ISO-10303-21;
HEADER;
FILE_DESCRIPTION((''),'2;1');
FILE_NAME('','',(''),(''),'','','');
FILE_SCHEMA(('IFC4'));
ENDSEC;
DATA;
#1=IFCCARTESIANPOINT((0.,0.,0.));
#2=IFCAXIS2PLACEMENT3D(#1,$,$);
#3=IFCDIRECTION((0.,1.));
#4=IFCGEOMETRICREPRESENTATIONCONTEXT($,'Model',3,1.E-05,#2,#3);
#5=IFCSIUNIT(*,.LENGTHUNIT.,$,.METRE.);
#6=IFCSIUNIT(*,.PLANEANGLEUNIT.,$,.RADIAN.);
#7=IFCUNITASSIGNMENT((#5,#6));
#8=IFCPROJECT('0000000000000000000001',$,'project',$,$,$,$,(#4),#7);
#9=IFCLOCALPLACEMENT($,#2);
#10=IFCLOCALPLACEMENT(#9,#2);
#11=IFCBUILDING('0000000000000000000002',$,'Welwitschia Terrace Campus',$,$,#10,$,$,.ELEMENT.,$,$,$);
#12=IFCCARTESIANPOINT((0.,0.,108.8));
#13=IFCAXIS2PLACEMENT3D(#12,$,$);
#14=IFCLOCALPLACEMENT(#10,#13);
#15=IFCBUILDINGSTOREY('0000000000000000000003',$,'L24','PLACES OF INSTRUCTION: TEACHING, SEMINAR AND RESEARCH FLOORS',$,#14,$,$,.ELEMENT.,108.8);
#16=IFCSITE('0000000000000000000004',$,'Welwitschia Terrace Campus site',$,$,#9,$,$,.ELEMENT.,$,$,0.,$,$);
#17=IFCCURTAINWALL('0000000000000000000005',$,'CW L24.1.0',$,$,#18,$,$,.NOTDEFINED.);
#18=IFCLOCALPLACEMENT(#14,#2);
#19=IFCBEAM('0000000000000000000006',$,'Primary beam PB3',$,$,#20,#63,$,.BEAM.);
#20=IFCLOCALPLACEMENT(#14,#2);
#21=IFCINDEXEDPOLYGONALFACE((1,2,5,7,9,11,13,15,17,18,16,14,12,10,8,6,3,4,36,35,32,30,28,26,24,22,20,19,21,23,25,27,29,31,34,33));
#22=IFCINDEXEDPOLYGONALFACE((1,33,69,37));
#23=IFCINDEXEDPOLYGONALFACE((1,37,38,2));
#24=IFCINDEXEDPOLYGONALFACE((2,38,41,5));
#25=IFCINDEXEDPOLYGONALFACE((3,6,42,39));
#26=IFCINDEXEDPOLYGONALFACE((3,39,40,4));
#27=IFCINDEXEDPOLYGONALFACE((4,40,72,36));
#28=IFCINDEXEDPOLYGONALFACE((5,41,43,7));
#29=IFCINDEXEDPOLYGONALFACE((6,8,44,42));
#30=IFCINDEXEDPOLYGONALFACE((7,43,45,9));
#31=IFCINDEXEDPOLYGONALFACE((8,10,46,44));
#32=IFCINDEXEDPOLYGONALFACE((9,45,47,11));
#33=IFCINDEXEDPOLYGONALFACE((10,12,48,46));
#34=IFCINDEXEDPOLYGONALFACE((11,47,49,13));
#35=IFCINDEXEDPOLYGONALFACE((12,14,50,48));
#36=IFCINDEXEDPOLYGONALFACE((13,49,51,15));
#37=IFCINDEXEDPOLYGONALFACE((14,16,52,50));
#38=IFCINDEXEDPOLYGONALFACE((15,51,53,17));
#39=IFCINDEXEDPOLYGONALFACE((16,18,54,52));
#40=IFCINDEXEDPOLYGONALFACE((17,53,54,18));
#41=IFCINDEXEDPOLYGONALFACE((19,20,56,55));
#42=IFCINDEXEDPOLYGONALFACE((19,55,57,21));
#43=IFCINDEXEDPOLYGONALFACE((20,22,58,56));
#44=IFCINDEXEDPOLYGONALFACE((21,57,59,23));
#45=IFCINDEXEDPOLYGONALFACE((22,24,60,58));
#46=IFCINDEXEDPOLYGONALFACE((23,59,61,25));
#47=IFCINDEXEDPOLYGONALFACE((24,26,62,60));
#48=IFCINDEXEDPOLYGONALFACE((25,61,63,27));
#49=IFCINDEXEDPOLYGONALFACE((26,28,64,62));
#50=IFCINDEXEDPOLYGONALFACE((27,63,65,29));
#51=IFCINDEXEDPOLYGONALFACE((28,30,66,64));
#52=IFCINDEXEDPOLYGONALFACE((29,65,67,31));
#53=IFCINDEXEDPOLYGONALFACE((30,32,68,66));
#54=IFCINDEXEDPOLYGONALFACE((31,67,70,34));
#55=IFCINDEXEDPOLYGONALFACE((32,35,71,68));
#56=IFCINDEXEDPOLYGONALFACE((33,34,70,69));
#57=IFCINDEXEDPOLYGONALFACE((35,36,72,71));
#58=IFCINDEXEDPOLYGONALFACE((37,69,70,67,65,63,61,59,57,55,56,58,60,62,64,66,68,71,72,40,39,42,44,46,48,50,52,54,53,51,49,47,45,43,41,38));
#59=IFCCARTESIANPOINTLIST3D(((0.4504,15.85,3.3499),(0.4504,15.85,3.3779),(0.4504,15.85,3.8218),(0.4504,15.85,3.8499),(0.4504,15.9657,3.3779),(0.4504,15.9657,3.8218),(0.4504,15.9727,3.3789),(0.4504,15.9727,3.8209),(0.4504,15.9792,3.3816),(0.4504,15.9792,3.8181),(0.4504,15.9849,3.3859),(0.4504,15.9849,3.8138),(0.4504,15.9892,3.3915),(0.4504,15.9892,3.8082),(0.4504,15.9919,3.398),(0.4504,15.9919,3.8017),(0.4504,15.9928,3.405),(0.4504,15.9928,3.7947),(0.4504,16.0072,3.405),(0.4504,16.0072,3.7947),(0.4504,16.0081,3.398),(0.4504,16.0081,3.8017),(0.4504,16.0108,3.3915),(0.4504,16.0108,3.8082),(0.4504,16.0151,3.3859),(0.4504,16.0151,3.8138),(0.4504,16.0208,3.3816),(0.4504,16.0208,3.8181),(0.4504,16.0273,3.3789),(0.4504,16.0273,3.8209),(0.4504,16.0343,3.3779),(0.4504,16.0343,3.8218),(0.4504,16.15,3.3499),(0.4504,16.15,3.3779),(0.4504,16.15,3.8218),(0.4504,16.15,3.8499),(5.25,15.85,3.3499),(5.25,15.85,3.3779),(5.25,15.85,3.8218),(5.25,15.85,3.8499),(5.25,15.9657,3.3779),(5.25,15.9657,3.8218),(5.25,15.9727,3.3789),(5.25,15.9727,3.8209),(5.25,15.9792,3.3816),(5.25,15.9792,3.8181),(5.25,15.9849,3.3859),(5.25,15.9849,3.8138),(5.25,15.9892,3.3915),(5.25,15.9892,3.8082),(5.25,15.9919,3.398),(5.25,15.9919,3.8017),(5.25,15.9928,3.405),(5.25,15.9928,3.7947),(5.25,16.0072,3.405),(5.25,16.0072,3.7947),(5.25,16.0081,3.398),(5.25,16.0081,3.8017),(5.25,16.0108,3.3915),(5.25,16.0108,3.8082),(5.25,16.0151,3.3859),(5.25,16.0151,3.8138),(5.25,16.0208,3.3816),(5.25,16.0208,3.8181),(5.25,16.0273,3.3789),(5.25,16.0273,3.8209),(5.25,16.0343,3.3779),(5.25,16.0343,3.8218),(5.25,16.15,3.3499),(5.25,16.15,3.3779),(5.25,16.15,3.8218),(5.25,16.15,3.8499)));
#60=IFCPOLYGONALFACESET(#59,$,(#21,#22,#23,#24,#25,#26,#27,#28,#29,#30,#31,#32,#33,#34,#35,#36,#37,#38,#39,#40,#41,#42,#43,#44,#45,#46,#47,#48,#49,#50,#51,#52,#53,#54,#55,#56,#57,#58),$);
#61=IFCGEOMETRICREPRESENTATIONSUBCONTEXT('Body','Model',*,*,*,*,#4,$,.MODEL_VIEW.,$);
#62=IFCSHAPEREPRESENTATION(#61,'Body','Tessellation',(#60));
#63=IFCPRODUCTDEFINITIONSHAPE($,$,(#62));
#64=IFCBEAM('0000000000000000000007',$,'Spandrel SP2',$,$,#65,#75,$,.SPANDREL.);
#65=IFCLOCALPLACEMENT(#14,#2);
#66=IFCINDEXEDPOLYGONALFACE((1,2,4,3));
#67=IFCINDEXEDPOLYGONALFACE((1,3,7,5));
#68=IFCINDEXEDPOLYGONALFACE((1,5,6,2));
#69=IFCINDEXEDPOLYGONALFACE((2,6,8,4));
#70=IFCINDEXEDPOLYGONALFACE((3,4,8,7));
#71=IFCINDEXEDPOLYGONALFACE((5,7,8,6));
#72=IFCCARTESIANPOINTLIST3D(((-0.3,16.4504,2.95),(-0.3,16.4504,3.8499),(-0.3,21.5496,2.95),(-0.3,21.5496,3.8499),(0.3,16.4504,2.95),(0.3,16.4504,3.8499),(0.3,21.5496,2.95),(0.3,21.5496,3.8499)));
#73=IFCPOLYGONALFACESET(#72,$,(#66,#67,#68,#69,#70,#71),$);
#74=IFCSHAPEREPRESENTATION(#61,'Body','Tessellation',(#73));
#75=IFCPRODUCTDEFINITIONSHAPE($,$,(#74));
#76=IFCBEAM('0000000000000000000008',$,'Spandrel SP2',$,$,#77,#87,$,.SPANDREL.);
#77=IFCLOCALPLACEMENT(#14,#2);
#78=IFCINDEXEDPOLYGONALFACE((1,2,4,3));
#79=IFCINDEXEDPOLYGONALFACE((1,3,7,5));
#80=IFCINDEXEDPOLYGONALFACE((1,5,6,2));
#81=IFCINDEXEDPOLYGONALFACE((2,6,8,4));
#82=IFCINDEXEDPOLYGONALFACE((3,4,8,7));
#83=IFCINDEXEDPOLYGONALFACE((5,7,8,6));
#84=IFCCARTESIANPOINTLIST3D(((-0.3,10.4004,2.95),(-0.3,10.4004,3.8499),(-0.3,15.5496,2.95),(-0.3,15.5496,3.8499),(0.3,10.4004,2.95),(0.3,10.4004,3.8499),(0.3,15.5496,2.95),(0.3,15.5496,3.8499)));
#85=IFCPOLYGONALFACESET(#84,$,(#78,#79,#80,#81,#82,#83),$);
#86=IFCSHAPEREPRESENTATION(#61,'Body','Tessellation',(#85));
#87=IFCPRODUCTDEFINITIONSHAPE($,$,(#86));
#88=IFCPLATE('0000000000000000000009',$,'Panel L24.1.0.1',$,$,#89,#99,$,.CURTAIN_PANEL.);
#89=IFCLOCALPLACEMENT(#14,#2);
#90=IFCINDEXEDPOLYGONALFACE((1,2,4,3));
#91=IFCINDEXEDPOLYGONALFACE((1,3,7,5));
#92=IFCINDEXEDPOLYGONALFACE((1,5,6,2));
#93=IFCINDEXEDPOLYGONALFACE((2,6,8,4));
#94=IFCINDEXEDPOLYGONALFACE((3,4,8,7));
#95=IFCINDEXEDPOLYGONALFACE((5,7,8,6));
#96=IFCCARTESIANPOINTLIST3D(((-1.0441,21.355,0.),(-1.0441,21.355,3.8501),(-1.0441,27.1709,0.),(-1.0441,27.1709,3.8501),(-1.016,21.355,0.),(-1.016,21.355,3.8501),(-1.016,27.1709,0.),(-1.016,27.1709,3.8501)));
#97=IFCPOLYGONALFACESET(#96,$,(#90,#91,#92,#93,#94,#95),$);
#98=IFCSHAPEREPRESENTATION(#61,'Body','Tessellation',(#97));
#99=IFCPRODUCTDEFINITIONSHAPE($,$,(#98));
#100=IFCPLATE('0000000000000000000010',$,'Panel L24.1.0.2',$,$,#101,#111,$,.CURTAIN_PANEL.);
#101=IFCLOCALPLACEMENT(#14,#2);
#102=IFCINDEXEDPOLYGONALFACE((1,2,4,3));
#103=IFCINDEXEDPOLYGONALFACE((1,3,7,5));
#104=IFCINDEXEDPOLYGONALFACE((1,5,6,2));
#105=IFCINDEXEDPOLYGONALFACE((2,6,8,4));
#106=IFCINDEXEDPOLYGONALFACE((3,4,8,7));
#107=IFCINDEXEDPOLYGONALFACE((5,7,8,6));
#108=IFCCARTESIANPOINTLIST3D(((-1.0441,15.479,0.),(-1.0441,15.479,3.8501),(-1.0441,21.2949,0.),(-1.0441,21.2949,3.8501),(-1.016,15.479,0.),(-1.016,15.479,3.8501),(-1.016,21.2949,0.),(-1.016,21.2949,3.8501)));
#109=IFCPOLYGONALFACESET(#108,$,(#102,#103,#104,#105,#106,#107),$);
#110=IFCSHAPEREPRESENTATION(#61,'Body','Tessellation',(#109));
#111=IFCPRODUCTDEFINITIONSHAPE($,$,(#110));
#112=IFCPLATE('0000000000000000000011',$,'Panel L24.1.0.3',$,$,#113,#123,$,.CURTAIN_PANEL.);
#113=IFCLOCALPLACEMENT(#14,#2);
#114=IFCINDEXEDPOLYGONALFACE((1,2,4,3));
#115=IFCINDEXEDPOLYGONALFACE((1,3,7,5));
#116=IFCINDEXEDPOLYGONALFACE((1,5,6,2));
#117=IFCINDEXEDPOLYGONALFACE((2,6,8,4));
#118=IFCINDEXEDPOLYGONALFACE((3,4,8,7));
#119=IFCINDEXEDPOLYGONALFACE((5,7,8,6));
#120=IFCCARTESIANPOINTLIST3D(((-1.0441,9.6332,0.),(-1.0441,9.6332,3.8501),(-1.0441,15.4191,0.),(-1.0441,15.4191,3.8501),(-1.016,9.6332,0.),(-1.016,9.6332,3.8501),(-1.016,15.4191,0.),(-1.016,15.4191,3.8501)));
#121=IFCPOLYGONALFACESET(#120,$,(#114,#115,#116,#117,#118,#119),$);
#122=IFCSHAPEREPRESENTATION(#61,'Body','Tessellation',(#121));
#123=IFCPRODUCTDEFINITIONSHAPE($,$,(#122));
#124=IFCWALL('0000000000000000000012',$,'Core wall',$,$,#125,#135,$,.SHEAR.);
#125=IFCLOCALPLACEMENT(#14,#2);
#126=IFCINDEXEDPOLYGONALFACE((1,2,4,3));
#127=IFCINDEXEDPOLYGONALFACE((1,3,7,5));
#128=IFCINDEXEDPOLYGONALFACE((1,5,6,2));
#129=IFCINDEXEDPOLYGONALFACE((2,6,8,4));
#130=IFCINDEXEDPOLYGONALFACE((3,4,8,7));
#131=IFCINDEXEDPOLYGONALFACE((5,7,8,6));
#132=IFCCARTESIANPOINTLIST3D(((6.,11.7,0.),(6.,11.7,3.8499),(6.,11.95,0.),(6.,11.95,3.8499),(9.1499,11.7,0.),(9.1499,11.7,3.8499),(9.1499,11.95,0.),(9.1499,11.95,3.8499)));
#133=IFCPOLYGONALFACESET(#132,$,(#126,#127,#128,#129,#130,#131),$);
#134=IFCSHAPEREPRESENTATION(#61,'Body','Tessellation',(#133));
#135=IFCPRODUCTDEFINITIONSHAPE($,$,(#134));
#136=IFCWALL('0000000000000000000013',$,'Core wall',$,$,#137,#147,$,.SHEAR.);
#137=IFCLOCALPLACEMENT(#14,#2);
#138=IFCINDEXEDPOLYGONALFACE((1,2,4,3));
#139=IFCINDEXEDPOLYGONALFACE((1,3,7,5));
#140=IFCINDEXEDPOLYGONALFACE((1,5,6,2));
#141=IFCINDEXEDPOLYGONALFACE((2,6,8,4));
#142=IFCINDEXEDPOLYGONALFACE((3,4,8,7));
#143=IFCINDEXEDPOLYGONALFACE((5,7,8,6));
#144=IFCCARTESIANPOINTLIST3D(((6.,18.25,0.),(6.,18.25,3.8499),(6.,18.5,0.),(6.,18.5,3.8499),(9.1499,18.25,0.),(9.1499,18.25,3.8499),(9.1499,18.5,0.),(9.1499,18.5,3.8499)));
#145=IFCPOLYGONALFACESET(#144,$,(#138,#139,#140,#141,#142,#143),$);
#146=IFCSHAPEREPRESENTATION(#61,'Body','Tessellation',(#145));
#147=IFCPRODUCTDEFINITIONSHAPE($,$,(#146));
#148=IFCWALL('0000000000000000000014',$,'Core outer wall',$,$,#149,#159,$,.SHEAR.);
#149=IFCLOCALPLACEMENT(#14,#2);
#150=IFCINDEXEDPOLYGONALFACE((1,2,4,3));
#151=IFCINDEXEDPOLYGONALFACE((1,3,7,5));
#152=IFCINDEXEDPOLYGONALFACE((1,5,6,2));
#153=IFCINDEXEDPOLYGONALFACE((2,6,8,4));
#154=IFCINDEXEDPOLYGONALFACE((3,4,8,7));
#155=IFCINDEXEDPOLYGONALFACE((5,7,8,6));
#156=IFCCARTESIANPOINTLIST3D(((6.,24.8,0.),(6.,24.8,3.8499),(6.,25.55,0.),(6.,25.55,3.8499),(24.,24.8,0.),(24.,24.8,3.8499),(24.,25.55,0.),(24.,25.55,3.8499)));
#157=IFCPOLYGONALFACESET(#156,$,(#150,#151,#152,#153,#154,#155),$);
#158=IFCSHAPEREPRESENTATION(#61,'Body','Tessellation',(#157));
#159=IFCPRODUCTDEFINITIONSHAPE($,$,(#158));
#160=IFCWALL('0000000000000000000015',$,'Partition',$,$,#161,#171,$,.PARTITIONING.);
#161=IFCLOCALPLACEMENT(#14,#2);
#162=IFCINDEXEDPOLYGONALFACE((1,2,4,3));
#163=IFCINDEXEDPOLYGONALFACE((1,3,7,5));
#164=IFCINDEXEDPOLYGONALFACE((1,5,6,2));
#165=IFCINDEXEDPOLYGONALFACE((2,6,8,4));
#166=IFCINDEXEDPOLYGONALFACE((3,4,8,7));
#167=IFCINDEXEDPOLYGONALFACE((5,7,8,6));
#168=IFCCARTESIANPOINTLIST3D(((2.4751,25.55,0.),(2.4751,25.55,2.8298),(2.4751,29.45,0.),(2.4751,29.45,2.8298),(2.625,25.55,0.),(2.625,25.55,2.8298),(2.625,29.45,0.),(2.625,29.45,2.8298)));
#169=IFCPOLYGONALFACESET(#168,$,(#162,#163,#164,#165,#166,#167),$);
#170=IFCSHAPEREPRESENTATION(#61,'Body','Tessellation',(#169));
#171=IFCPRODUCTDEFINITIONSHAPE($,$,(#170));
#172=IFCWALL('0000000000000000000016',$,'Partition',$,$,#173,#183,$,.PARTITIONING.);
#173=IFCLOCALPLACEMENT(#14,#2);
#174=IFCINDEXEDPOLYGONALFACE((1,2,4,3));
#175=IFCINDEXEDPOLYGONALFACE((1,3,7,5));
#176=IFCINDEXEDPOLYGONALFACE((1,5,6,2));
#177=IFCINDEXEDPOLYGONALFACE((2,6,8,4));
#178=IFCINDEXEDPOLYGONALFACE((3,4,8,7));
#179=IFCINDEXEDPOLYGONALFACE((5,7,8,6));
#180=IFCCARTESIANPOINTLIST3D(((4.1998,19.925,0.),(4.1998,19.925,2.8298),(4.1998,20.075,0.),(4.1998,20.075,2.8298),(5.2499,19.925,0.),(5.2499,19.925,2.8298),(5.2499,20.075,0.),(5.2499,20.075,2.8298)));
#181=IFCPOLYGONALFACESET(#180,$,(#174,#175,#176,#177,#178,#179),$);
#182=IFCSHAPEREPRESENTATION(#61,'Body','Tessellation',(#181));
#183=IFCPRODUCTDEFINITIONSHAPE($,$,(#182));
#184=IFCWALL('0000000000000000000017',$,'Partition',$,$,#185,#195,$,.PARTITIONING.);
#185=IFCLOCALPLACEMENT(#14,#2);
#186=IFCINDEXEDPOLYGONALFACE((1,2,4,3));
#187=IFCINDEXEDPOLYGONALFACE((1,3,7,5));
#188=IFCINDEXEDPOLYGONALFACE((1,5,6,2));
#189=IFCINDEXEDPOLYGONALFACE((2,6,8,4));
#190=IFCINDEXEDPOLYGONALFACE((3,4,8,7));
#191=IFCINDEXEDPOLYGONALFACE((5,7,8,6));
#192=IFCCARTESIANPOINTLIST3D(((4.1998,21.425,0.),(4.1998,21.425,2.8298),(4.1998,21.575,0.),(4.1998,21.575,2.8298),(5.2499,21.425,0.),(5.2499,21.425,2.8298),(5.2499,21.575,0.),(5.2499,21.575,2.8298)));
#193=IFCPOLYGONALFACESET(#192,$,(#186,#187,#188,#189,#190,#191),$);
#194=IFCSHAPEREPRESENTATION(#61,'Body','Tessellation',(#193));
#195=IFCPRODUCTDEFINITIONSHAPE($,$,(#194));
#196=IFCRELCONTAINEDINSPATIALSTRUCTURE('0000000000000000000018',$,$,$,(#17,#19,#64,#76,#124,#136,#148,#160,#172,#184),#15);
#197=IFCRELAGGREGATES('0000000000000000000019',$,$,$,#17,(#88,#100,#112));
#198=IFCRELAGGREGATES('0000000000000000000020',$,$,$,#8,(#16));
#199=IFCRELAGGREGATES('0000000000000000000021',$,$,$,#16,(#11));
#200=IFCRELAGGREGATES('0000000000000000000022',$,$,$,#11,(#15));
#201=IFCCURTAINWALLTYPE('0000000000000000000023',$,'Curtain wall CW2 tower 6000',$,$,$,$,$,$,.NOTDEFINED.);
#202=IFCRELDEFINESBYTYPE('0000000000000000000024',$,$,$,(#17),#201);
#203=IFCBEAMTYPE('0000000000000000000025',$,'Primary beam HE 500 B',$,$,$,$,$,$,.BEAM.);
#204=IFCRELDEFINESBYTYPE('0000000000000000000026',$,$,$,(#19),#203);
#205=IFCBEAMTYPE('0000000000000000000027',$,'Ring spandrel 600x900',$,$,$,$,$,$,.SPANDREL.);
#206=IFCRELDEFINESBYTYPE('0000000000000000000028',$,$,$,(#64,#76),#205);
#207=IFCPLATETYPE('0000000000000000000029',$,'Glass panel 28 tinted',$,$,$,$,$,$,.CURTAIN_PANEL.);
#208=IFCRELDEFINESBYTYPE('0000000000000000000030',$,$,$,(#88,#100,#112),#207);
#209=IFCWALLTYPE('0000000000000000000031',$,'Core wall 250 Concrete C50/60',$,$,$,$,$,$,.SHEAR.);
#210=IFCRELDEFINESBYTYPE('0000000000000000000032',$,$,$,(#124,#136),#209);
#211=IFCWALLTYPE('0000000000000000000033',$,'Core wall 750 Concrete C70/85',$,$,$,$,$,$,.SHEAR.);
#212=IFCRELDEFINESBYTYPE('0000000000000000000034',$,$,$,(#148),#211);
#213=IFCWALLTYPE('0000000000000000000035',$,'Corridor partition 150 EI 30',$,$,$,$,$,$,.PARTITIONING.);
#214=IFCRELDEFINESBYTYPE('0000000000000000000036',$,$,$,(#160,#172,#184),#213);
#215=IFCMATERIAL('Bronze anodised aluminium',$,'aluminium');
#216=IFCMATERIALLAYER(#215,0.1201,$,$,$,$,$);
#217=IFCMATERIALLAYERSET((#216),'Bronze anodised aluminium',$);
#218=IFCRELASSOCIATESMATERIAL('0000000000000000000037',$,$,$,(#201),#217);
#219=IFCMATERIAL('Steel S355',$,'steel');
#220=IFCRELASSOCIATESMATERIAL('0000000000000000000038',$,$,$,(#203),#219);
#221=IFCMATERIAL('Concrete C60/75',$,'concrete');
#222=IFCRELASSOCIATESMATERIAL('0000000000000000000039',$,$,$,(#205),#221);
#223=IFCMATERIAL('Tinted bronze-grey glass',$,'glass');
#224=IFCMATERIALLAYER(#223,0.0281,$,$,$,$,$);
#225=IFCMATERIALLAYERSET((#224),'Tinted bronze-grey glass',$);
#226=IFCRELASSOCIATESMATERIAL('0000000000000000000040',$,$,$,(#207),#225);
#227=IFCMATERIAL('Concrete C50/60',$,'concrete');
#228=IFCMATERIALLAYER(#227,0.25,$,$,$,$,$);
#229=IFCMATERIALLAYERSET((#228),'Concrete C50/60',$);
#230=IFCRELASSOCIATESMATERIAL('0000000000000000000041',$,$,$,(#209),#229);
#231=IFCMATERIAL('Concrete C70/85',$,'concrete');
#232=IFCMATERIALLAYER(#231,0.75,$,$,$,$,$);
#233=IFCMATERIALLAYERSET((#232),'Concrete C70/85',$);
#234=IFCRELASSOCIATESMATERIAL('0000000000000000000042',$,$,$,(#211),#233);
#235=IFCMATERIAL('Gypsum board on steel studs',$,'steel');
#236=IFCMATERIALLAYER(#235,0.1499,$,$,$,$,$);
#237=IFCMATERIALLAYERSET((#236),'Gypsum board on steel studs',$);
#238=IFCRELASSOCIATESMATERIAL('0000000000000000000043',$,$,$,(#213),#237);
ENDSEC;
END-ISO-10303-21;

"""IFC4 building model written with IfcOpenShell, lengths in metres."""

from ifc_helpers import new_model, si_unit, direction, frame, frame_2d, origin, origin_2d, place, context, subcontext, project, spatial, rectangle, i_section, extrude, material, layer, layer_set, material_profile, profile_set, type_object, element, aggregate, save


model = new_model("IFC4")

# Units and contexts
model_context = context("Model", 3, precision=1e-05, world=origin(), true_north=direction((0.0, 1.0)))
body_context = subcontext(model_context, "Body", "Model", "MODEL_VIEW")
ifc_project = project(units=[si_unit("LENGTHUNIT", "METRE"), si_unit("PLANEANGLEUNIT", "RADIAN")], contexts=[model_context])

# Site, building, storey
site_placement = place(None, origin())
site = spatial("IfcSite", under=ifc_project, at=site_placement, Name="Welwitschia Terrace Campus site", CompositionType="ELEMENT", RefElevation=0.0)
building_placement = place(site_placement, origin())
building = spatial("IfcBuilding", under=site, at=building_placement, Name="Welwitschia Terrace Campus", CompositionType="ELEMENT")
storey_placement = place(building_placement, frame((0.0, 0.0, 108.8)))
storey = spatial("IfcBuildingStorey", under=building, at=storey_placement, Name="L24", Description="PLACES OF INSTRUCTION: TEACHING, SEMINAR AND RESEARCH FLOORS", CompositionType="ELEMENT", Elevation=108.8)

# Curtain wall
ifc_material_1 = material(Name="Bronze anodised aluminium", Category="aluminium")
ifc_layer_1 = layer(ifc_material_1, 0.1201)
ifc_layer_set_1 = layer_set([ifc_layer_1], Name="Bronze anodised aluminium")
curtain_wall_type = type_object("IfcCurtainWallType", Name="Curtain wall CW2 tower 6000", PredefinedType="NOTDEFINED", material=ifc_layer_set_1)
curtain_wall_placement = place(storey_placement, origin())
curtain_wall = element("IfcCurtainWall", 1, at=curtain_wall_placement, inside=storey, type_object=curtain_wall_type, Name="CW L24.1.0", PredefinedType="NOTDEFINED")

# Beams
ifc_material_2 = material(Name="Steel S355", Category="steel")
ifc_material_profile_1 = material_profile(ifc_material_2, i_section(OverallWidth=0.3, OverallDepth=0.5, WebThickness=0.0144, FlangeThickness=0.0281, FilletRadius=0.0271, at=origin_2d()))
ifc_profile_set_1 = profile_set([ifc_material_profile_1], Name="Steel S355")
beam_type_1 = type_object("IfcBeamType", Name="Primary beam HE 500 B", PredefinedType="BEAM", material=ifc_profile_set_1)
beam_1_placement = place(storey_placement, frame((0.4504, 16.0, 3.5999), z_axis=(1.0, 0.0, 0.0), x_axis=(0.0, 1.0, 0.0)))
element("IfcBeam", 2, at=beam_1_placement, inside=storey, type_object=beam_type_1, Name="Primary beam PB3", PredefinedType="BEAM", context=body_context, shape_type="SweptSolid", body=[
    extrude(i_section(OverallWidth=0.3, OverallDepth=0.5, WebThickness=0.0144, FlangeThickness=0.0281, FilletRadius=0.0271, at=origin_2d()), origin(), (0.0, 0.0, 1.0), 4.7996),
])
ifc_material_3 = material(Name="Concrete C60/75", Category="concrete")
ifc_material_profile_2 = material_profile(ifc_material_3, rectangle(XDim=0.6001, YDim=0.8999, at=origin_2d()))
ifc_profile_set_2 = profile_set([ifc_material_profile_2], Name="Concrete C60/75")
beam_type_2 = type_object("IfcBeamType", Name="Ring spandrel 600x900", PredefinedType="SPANDREL", material=ifc_profile_set_2)
beam_2_placement = place(storey_placement, frame((0.0, 21.5496, 3.3999), z_axis=(0.0, -1.0, 0.0), x_axis=(1.0, 0.0, 0.0)))
element("IfcBeam", 3, at=beam_2_placement, inside=storey, type_object=beam_type_2, Name="Spandrel SP2", PredefinedType="SPANDREL", context=body_context, shape_type="SweptSolid", body=[
    extrude(rectangle(XDim=0.6001, YDim=0.8999, at=origin_2d()), origin(), (0.0, 0.0, 1.0), 5.0991),
])
beam_3_placement = place(storey_placement, frame((0.0, 15.5496, 3.3999), z_axis=(0.0, -1.0, 0.0), x_axis=(1.0, 0.0, 0.0)))
element("IfcBeam", 4, at=beam_3_placement, inside=storey, type_object=beam_type_2, Name="Spandrel SP2", PredefinedType="SPANDREL", context=body_context, shape_type="SweptSolid", body=[
    extrude(rectangle(XDim=0.6001, YDim=0.8999, at=origin_2d()), origin(), (0.0, 0.0, 1.0), 5.1492),
])

# Plates
ifc_material_4 = material(Name="Tinted bronze-grey glass", Category="glass")
ifc_layer_2 = layer(ifc_material_4, 0.0281)
ifc_layer_set_2 = layer_set([ifc_layer_2], Name="Tinted bronze-grey glass")
plate_type = type_object("IfcPlateType", Name="Glass panel 28 tinted", PredefinedType="CURTAIN_PANEL", material=ifc_layer_set_2)
plate_1_placement = place(storey_placement, frame((-1.03, 24.2629, 0.0), z_axis=(0.0, 0.0, 1.0), x_axis=(0.0, -1.0, 0.0)))
plate_1 = element("IfcPlate", 5, at=plate_1_placement, type_object=plate_type, Name="Panel L24.1.0.1", PredefinedType="CURTAIN_PANEL", context=body_context, shape_type="SweptSolid", body=[
    extrude(rectangle(XDim=5.8159, YDim=0.0281, at=origin_2d()), origin(), (0.0, 0.0, 1.0), 3.8501),
])
plate_2_placement = place(storey_placement, frame((-1.03, 18.387, 0.0), z_axis=(0.0, 0.0, 1.0), x_axis=(0.0, -1.0, 0.0)))
plate_2 = element("IfcPlate", 6, at=plate_2_placement, type_object=plate_type, Name="Panel L24.1.0.2", PredefinedType="CURTAIN_PANEL", context=body_context, shape_type="SweptSolid", body=[
    extrude(rectangle(XDim=5.8159, YDim=0.0281, at=origin_2d()), origin(), (0.0, 0.0, 1.0), 3.8501),
])
plate_3_placement = place(storey_placement, frame((-1.03, 12.5261, 0.0), z_axis=(0.0, 0.0, 1.0), x_axis=(0.0, -1.0, 0.0)))
plate_3 = element("IfcPlate", 7, at=plate_3_placement, type_object=plate_type, Name="Panel L24.1.0.3", PredefinedType="CURTAIN_PANEL", context=body_context, shape_type="SweptSolid", body=[
    extrude(rectangle(XDim=5.7859, YDim=0.0281, at=origin_2d()), origin(), (0.0, 0.0, 1.0), 3.8501),
])
aggregate(curtain_wall, [plate_1, plate_2, plate_3])

# Walls
ifc_material_5 = material(Name="Concrete C50/60", Category="concrete")
ifc_layer_3 = layer(ifc_material_5, 0.25)
ifc_layer_set_3 = layer_set([ifc_layer_3], Name="Concrete C50/60")
wall_type_1 = type_object("IfcWallType", Name="Core wall 250 Concrete C50/60", PredefinedType="SHEAR", material=ifc_layer_set_3)
for number, where, z_axis, x_axis, name in (
    (8, (6.0, 11.825, 0.0), (0.0, 0.0, 1.0), (1.0, 0.0, 0.0), "Core wall"),
    (9, (6.0, 18.375, 0.0), (0.0, 0.0, 1.0), (1.0, 0.0, 0.0), "Core wall"),
):
    element("IfcWall", number, at=place(storey_placement, frame(where, z_axis=z_axis, x_axis=x_axis)), inside=storey, type_object=wall_type_1, Name=name, PredefinedType="SHEAR", context=body_context, shape_type="SweptSolid", body=[
        extrude(rectangle(XDim=3.1499, YDim=0.25, at=frame_2d((1.575, 0.0))), origin(), (0.0, 0.0, 1.0), 3.8499),
    ])
ifc_material_6 = material(Name="Concrete C70/85", Category="concrete")
ifc_layer_4 = layer(ifc_material_6, 0.75)
ifc_layer_set_4 = layer_set([ifc_layer_4], Name="Concrete C70/85")
wall_type_2 = type_object("IfcWallType", Name="Core wall 750 Concrete C70/85", PredefinedType="SHEAR", material=ifc_layer_set_4)
wall_1_placement = place(storey_placement, frame((6.0, 25.175, 0.0), z_axis=(0.0, 0.0, 1.0), x_axis=(1.0, 0.0, 0.0)))
element("IfcWall", 10, at=wall_1_placement, inside=storey, type_object=wall_type_2, Name="Core outer wall", PredefinedType="SHEAR", context=body_context, shape_type="SweptSolid", body=[
    extrude(rectangle(XDim=18.0, YDim=0.75, at=frame_2d((9.0, 0.0))), origin(), (0.0, 0.0, 1.0), 3.8499),
])
ifc_material_7 = material(Name="Gypsum board on steel studs", Category="steel")
ifc_layer_5 = layer(ifc_material_7, 0.1499)
ifc_layer_set_5 = layer_set([ifc_layer_5], Name="Gypsum board on steel studs")
wall_type_3 = type_object("IfcWallType", Name="Corridor partition 150 EI 30", PredefinedType="PARTITIONING", material=ifc_layer_set_5)
wall_2_placement = place(storey_placement, frame((2.55, 25.55, 0.0), z_axis=(0.0, 0.0, 1.0), x_axis=(0.0, 1.0, 0.0)))
element("IfcWall", 11, at=wall_2_placement, inside=storey, type_object=wall_type_3, Name="Partition", PredefinedType="PARTITIONING", context=body_context, shape_type="SweptSolid", body=[
    extrude(rectangle(XDim=3.8999, YDim=0.1499, at=frame_2d((1.95, 0.0))), origin(), (0.0, 0.0, 1.0), 2.8298),
])
for number, where, z_axis, x_axis, name in (
    (12, (4.2, 20.0, 0.0), (0.0, 0.0, 1.0), (1.0, 0.0, 0.0), "Partition"),
    (13, (4.2, 21.5, 0.0), (0.0, 0.0, 1.0), (1.0, 0.0, 0.0), "Partition"),
):
    element("IfcWall", number, at=place(storey_placement, frame(where, z_axis=z_axis, x_axis=x_axis)), inside=storey, type_object=wall_type_3, Name=name, PredefinedType="PARTITIONING", context=body_context, shape_type="SweptSolid", body=[
        extrude(rectangle(XDim=1.05, YDim=0.1499, at=frame_2d((0.5249, 0.0))), origin(), (0.0, 0.0, 1.0), 2.8298),
    ])

save(model, "model.ifc")
